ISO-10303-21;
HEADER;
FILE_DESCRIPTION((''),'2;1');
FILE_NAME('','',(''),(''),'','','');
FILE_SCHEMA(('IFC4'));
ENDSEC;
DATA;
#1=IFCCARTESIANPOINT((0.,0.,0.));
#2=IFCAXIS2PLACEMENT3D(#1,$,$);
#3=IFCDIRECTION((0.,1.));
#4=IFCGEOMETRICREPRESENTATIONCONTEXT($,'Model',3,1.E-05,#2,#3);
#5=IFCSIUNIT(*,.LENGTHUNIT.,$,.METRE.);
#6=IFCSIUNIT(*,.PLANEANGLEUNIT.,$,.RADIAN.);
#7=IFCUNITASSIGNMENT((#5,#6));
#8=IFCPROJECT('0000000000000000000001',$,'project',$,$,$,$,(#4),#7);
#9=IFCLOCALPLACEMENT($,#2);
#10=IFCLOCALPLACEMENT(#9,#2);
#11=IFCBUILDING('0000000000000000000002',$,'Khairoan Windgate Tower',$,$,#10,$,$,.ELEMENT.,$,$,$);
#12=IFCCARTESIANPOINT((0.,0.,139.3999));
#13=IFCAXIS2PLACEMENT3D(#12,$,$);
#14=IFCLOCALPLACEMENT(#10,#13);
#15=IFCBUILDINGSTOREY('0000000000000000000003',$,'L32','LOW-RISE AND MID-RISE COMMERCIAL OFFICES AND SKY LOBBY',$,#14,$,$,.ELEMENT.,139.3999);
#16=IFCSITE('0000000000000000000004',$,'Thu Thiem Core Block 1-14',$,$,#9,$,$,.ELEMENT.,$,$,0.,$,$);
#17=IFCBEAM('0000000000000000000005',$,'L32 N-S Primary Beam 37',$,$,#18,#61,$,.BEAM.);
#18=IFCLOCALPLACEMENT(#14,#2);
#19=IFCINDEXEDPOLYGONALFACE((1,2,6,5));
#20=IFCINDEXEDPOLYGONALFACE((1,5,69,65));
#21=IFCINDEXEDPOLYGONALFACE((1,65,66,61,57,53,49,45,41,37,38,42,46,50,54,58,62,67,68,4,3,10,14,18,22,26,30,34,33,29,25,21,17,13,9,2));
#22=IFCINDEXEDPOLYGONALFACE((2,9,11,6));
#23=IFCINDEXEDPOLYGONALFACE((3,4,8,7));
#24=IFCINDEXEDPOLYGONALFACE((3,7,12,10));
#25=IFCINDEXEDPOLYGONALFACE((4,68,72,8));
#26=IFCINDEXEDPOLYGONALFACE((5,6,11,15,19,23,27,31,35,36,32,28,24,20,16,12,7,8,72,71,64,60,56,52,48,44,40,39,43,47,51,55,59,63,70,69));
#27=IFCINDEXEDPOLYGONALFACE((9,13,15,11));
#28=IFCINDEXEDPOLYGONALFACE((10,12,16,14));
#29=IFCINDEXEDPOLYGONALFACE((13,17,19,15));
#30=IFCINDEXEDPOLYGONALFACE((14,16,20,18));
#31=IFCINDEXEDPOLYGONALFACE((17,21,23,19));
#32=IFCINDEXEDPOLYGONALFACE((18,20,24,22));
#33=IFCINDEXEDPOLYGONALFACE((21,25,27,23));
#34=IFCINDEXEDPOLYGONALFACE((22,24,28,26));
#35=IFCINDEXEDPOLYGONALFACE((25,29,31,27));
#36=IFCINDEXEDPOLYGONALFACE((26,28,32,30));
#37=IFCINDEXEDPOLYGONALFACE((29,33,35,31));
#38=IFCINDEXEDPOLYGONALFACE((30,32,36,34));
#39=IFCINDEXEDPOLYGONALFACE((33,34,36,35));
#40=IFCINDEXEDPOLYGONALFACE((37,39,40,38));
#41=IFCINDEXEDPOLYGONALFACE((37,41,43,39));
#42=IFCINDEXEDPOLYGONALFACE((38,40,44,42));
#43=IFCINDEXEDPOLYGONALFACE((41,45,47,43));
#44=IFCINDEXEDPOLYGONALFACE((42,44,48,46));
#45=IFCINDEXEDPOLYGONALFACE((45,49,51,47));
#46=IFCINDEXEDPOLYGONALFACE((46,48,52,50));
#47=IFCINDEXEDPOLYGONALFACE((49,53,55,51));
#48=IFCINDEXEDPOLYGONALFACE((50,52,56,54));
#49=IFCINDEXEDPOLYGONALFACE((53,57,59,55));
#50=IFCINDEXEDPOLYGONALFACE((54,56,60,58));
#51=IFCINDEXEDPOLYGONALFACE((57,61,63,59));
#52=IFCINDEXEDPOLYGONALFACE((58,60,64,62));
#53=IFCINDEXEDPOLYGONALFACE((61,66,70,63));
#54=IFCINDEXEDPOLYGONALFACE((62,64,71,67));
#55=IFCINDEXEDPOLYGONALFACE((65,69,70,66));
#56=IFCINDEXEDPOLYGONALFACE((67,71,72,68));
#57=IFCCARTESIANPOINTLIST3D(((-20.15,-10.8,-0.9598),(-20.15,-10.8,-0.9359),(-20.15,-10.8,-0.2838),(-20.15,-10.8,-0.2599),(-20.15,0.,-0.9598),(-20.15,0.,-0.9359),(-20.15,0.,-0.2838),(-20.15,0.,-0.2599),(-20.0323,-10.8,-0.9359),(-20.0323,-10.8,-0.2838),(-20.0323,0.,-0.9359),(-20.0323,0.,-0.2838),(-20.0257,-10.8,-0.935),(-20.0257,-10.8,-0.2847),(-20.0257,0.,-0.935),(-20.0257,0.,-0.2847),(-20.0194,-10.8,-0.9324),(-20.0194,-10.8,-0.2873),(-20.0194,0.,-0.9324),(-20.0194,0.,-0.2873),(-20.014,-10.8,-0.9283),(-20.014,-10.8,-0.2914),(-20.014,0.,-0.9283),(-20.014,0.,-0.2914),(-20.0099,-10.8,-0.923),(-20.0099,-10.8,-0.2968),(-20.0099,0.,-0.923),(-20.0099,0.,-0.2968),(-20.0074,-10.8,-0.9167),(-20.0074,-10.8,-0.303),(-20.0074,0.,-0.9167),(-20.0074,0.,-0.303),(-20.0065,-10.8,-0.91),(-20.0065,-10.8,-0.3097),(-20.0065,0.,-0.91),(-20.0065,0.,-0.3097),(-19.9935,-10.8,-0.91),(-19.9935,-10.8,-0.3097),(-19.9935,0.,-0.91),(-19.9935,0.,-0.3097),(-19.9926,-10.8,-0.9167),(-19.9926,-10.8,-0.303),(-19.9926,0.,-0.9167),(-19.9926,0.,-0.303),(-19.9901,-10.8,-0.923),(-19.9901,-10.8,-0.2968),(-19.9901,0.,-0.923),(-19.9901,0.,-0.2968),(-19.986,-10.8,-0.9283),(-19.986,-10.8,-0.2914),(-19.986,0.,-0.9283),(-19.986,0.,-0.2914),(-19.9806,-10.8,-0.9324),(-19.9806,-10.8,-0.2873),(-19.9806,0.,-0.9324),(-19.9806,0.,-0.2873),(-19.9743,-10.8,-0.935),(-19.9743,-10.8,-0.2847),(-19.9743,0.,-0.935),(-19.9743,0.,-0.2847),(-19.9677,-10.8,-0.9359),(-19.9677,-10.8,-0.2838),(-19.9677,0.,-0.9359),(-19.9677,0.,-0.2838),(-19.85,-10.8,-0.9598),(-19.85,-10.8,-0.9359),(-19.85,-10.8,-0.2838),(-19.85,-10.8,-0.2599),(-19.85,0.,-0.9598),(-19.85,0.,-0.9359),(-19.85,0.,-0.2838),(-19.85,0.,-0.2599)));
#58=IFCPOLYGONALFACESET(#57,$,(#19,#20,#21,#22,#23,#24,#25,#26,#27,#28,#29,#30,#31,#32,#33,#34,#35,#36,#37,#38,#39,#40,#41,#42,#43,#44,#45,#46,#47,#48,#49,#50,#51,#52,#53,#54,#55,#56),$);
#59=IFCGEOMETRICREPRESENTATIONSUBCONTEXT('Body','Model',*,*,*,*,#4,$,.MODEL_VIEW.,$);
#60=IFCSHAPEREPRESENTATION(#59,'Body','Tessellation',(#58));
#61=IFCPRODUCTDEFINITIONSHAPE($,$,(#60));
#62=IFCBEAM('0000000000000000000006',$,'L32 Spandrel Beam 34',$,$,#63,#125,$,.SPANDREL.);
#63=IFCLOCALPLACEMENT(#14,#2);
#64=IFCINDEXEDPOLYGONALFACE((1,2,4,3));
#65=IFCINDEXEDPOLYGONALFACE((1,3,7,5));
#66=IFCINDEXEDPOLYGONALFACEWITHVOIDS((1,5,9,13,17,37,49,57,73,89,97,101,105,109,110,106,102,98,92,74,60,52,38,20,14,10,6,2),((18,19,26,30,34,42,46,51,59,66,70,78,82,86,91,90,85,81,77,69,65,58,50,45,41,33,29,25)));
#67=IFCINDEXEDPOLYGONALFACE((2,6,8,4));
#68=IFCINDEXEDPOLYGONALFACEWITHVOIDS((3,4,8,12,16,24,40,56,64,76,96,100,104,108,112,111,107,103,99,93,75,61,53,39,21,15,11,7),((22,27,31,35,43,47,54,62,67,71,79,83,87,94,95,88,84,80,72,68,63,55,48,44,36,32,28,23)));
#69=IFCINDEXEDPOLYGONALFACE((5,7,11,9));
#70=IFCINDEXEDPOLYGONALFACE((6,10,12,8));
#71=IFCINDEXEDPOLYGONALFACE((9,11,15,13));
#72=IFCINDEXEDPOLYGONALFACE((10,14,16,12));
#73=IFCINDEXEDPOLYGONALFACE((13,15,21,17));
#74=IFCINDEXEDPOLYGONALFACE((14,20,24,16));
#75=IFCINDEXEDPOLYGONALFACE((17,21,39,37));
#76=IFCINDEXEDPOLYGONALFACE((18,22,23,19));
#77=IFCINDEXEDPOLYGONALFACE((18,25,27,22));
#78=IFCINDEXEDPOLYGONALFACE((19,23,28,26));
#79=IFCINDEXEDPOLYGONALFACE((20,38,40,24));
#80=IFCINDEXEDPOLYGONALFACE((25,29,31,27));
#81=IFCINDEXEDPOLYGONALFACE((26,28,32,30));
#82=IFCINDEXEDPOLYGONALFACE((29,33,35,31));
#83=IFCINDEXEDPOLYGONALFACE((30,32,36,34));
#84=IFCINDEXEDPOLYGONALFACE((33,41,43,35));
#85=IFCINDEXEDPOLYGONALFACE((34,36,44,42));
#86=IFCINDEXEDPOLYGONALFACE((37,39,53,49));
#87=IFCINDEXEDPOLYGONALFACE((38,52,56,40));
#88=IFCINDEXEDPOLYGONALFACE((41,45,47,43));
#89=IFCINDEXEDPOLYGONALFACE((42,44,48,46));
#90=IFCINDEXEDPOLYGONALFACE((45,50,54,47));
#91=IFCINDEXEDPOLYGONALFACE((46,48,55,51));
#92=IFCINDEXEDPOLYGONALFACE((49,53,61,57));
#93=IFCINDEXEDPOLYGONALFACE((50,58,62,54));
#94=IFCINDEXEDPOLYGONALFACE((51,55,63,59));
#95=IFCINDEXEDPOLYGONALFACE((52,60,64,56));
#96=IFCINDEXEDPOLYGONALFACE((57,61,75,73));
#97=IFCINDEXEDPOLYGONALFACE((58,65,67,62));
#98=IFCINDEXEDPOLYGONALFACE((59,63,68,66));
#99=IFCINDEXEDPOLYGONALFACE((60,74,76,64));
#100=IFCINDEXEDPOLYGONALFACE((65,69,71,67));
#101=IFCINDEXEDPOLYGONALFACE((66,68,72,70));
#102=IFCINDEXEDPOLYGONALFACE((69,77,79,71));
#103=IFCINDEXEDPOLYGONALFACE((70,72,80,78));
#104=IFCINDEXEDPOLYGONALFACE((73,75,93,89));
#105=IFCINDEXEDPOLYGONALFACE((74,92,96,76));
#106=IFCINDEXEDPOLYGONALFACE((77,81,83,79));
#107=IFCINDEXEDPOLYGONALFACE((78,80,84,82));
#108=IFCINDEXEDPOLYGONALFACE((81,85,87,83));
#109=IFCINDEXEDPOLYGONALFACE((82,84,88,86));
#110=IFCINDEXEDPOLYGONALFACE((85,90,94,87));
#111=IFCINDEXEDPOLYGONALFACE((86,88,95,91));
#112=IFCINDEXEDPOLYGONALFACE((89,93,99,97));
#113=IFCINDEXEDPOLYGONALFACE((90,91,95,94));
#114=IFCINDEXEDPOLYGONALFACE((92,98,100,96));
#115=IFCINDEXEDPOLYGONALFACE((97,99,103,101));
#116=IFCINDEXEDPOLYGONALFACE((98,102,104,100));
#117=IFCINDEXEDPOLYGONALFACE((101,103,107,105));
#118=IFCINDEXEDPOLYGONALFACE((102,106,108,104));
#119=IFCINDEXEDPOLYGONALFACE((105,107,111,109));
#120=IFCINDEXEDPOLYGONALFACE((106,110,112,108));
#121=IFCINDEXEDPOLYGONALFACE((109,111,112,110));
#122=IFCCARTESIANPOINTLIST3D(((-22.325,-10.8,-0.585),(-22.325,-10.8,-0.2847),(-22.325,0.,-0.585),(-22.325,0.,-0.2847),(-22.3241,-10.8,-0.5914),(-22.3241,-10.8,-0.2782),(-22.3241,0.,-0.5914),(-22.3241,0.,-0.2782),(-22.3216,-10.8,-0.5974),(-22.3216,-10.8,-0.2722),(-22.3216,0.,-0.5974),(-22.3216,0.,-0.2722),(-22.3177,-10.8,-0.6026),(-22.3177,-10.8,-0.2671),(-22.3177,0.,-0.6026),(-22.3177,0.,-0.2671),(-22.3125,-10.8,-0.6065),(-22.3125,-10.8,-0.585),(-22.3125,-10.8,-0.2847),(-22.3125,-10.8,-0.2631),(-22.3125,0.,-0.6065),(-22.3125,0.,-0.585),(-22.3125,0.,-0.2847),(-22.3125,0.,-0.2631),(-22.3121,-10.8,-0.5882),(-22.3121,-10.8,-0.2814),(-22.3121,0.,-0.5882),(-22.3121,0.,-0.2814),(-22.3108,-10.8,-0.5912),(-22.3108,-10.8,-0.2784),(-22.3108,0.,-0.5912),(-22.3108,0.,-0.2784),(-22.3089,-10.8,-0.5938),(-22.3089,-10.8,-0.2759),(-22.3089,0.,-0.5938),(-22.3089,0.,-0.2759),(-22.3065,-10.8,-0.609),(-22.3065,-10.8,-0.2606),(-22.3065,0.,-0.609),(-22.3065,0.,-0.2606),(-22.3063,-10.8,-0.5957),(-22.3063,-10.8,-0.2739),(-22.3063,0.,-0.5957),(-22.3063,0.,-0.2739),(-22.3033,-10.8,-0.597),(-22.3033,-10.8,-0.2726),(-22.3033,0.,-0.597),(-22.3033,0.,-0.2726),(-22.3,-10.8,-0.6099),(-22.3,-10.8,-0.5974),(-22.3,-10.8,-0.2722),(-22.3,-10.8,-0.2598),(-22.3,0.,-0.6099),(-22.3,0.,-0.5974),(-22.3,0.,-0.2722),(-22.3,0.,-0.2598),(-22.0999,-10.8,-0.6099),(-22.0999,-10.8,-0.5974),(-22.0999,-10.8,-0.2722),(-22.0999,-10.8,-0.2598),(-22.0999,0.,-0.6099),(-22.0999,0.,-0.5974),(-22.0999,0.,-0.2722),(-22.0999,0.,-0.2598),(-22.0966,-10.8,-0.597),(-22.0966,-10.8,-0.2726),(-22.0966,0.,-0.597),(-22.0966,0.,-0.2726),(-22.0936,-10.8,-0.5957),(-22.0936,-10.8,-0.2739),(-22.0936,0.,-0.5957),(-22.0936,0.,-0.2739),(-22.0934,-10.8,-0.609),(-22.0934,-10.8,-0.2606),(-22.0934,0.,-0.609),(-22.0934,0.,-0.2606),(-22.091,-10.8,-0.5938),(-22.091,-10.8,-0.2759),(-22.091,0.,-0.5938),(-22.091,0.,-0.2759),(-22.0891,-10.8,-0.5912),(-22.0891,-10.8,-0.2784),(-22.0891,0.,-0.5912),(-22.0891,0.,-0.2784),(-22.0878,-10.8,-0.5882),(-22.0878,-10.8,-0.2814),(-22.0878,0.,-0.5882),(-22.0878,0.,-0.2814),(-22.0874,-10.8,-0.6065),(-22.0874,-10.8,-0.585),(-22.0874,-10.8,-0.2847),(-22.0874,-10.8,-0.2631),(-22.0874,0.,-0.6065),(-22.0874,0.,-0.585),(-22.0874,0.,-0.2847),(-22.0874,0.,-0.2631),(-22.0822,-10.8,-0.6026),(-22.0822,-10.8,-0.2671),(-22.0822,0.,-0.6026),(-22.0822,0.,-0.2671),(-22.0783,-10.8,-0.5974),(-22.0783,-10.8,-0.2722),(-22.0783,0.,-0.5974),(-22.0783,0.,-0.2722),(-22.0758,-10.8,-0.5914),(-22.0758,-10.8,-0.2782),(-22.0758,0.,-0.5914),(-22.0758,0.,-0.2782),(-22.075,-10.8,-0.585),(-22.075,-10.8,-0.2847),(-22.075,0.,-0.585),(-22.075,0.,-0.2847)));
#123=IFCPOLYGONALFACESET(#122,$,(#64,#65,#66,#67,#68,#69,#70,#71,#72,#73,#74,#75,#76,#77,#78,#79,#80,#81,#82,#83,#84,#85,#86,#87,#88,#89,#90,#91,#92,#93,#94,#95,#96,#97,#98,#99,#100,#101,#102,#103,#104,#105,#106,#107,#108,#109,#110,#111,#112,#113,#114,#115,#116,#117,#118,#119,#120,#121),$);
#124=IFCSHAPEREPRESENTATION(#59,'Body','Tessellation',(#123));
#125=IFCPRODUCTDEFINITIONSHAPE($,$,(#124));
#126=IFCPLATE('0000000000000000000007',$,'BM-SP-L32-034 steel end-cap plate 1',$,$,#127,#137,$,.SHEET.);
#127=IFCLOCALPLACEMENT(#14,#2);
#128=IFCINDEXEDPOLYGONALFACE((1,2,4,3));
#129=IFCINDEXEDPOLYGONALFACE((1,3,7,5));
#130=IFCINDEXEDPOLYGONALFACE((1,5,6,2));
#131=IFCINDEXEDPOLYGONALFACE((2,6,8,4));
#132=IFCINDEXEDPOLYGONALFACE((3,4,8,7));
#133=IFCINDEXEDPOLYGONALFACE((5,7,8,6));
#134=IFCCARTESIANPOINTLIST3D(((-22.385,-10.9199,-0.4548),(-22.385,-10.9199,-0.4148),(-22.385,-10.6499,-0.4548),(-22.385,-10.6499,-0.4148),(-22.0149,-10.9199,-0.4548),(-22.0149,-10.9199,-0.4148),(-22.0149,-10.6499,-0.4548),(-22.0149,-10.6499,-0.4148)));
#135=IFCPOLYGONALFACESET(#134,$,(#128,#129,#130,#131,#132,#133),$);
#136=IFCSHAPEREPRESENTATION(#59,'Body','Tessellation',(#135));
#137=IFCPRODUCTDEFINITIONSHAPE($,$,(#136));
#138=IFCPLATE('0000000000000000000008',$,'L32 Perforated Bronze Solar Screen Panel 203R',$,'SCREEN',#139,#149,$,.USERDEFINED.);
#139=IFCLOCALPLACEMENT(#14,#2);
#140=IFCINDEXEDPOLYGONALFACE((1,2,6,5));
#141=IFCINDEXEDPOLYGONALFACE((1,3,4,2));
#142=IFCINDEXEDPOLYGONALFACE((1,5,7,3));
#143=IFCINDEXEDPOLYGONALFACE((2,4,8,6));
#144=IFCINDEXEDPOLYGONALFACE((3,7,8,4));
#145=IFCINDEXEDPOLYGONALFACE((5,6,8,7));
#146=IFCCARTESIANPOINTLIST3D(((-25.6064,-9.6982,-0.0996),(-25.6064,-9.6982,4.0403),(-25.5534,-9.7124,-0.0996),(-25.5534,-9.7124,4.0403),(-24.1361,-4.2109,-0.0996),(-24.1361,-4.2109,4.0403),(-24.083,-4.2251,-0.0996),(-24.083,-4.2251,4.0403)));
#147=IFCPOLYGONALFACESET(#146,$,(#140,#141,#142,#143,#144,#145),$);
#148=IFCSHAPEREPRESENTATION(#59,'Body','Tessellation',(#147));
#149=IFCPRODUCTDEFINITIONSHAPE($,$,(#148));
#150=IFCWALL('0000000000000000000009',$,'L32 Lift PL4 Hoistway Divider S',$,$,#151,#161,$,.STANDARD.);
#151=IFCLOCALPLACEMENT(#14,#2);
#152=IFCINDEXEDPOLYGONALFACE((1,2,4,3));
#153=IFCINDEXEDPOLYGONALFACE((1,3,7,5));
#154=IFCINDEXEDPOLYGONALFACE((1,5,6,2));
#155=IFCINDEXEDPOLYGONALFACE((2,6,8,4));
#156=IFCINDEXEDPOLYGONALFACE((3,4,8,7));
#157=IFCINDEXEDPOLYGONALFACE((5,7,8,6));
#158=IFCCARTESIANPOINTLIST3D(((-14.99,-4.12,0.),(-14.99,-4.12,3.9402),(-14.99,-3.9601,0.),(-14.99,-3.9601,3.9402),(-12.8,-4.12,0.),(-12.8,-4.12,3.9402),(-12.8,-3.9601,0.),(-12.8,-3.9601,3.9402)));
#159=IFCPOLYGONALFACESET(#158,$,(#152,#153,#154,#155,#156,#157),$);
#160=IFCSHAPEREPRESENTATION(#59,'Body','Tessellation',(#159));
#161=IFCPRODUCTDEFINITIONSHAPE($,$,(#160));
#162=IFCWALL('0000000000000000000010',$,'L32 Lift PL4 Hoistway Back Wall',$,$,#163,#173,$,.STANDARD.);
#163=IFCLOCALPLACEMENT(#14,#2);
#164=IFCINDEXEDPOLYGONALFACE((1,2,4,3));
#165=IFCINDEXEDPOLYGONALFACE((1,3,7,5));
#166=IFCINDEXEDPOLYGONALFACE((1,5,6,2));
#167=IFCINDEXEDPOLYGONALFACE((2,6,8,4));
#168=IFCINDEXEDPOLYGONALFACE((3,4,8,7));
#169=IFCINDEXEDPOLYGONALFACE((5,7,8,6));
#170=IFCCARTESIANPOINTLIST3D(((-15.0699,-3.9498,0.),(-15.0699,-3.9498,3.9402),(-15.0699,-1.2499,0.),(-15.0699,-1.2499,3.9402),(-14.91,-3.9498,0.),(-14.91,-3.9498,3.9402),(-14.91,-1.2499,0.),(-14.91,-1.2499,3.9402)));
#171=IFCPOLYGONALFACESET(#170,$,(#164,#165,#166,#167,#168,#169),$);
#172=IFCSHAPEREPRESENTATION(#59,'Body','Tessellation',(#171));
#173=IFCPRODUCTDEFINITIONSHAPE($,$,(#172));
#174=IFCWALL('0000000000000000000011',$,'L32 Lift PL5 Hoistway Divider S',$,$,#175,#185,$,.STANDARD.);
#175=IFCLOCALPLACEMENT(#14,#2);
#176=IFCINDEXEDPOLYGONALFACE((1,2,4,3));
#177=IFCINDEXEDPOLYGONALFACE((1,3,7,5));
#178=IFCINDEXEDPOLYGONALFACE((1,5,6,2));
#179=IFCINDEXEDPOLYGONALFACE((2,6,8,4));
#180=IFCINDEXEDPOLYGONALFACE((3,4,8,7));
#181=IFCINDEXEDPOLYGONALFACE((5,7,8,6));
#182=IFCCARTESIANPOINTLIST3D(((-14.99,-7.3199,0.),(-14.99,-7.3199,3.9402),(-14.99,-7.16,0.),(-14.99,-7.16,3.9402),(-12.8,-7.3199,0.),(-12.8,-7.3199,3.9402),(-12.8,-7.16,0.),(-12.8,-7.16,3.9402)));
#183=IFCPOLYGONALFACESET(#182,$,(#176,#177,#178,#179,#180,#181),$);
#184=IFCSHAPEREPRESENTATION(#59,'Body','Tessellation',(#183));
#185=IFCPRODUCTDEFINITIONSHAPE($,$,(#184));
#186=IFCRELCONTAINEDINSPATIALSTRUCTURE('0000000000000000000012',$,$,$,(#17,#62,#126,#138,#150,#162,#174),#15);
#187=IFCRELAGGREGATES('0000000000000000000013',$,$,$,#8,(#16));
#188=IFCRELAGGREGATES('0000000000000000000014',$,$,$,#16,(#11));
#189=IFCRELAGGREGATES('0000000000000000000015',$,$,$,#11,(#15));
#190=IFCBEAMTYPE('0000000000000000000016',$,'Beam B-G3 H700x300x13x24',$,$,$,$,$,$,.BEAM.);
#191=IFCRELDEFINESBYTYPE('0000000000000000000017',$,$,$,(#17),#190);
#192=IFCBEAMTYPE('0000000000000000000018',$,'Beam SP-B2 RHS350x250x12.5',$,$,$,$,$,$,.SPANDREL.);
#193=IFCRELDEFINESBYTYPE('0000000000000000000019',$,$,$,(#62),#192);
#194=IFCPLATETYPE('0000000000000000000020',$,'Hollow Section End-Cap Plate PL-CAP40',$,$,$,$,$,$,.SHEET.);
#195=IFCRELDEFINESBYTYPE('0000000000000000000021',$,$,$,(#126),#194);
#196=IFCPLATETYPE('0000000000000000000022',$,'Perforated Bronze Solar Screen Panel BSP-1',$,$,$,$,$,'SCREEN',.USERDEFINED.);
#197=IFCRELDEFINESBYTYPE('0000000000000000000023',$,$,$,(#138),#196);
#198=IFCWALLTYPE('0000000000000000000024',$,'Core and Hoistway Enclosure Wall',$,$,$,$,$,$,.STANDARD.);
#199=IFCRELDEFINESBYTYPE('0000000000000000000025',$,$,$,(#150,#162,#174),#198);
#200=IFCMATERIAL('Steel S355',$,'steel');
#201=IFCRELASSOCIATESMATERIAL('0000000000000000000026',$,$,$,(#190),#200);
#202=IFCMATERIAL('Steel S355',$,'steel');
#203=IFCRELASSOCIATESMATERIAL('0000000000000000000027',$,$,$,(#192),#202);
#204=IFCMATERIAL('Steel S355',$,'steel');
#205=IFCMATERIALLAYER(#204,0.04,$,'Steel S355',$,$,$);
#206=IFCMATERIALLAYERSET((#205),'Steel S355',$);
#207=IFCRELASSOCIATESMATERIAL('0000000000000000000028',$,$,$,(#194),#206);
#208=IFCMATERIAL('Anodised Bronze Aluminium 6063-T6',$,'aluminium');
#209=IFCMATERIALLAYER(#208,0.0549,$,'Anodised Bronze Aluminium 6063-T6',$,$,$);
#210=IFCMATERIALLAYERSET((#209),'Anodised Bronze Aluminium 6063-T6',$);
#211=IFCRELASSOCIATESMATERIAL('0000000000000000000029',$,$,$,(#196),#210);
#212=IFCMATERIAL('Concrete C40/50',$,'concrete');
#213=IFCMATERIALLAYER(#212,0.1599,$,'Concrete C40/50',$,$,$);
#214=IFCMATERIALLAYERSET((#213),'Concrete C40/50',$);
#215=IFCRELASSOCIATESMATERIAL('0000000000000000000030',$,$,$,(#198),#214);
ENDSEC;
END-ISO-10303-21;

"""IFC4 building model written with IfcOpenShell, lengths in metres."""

from ifc_helpers import new_model, si_unit, direction, frame, frame_2d, origin, origin_2d, place, context, subcontext, project, spatial, rectangle, hollow_rectangle, i_section, extrude, material, layer, layer_set, material_profile, profile_set, type_object, element, save


model = new_model("IFC4")

# Units and contexts
model_context = context("Model", 3, precision=1e-05, world=origin(), true_north=direction((0.0, 1.0)))
body_context = subcontext(model_context, "Body", "Model", "MODEL_VIEW")
ifc_project = project(units=[si_unit("LENGTHUNIT", "METRE"), si_unit("PLANEANGLEUNIT", "RADIAN")], contexts=[model_context])

# Site, building, storey
site_placement = place(None, origin())
site = spatial("IfcSite", under=ifc_project, at=site_placement, Name="Thu Thiem Core Block 1-14", CompositionType="ELEMENT", RefElevation=0.0)
building_placement = place(site_placement, origin())
building = spatial("IfcBuilding", under=site, at=building_placement, Name="Khairoan Windgate Tower", CompositionType="ELEMENT")
storey_placement = place(building_placement, frame((0.0, 0.0, 139.3999)))
storey = spatial("IfcBuildingStorey", under=building, at=storey_placement, Name="L32", Description="LOW-RISE AND MID-RISE COMMERCIAL OFFICES AND SKY LOBBY", CompositionType="ELEMENT", Elevation=139.3999)

# Beams
ifc_material_1 = material(Name="Steel S355", Category="steel")
ifc_material_profile_1 = material_profile(ifc_material_1, i_section(OverallWidth=0.3, OverallDepth=0.7, WebThickness=0.0129, FlangeThickness=0.0239, FilletRadius=0.0259, at=origin_2d()))
ifc_profile_set_1 = profile_set([ifc_material_profile_1], Name="Steel S355")
beam_type_1 = type_object("IfcBeamType", Name="Beam B-G3 H700x300x13x24", PredefinedType="BEAM", material=ifc_profile_set_1)
beam_1_placement = place(storey_placement, frame((-20.0, -10.8, -0.6099), z_axis=(0.0, 1.0, 0.0), x_axis=(-1.0, 0.0, 0.0)))
element("IfcBeam", 1, at=beam_1_placement, inside=storey, type_object=beam_type_1, Name="L32 N-S Primary Beam 37", PredefinedType="BEAM", context=body_context, shape_type="SweptSolid", body=[
    extrude(i_section(OverallWidth=0.3, OverallDepth=0.7, WebThickness=0.0129, FlangeThickness=0.0239, FilletRadius=0.0259, at=origin_2d()), origin(), (0.0, 0.0, 1.0), 10.8),
])
ifc_material_2 = material(Name="Steel S355", Category="steel")
ifc_material_profile_2 = material_profile(ifc_material_2, hollow_rectangle(XDim=0.25, YDim=0.3501, WallThickness=0.0125, InnerFilletRadius=0.0125, OuterFilletRadius=0.0249, at=origin_2d()))
ifc_profile_set_2 = profile_set([ifc_material_profile_2], Name="Steel S355")
beam_type_2 = type_object("IfcBeamType", Name="Beam SP-B2 RHS350x250x12.5", PredefinedType="SPANDREL", material=ifc_profile_set_2)
beam_2_placement = place(storey_placement, frame((-22.2, -10.8, -0.4348), z_axis=(0.0, 1.0, 0.0), x_axis=(-1.0, 0.0, 0.0)))
element("IfcBeam", 2, at=beam_2_placement, inside=storey, type_object=beam_type_2, Name="L32 Spandrel Beam 34", PredefinedType="SPANDREL", context=body_context, shape_type="SweptSolid", body=[
    extrude(hollow_rectangle(XDim=0.25, YDim=0.3501, WallThickness=0.0125, InnerFilletRadius=0.0125, OuterFilletRadius=0.0249, at=origin_2d()), origin(), (0.0, 0.0, 1.0), 10.8),
])

# Plates
ifc_material_3 = material(Name="Steel S355", Category="steel")
ifc_layer_1 = layer(ifc_material_3, 0.04, Name="Steel S355")
ifc_layer_set_1 = layer_set([ifc_layer_1], Name="Steel S355")
plate_type_1 = type_object("IfcPlateType", Name="Hollow Section End-Cap Plate PL-CAP40", PredefinedType="SHEET", material=ifc_layer_set_1)
plate_1_placement = place(storey_placement, frame((-22.2, -10.7849, -0.4548), z_axis=(0.0, 0.0, 1.0), x_axis=(0.0, 1.0, 0.0)))
element("IfcPlate", 3, at=plate_1_placement, inside=storey, type_object=plate_type_1, Name="BM-SP-L32-034 steel end-cap plate 1", PredefinedType="SHEET", context=body_context, shape_type="SweptSolid", body=[
    extrude(rectangle(XDim=0.27, YDim=0.3701, at=origin_2d()), origin(), (0.0, 0.0, 1.0), 0.04),
])
ifc_material_4 = material(Name="Anodised Bronze Aluminium 6063-T6", Category="aluminium")
ifc_layer_2 = layer(ifc_material_4, 0.0549, Name="Anodised Bronze Aluminium 6063-T6")
ifc_layer_set_2 = layer_set([ifc_layer_2], Name="Anodised Bronze Aluminium 6063-T6")
plate_type_2 = type_object("IfcPlateType", Name="Perforated Bronze Solar Screen Panel BSP-1", ElementType="SCREEN", PredefinedType="USERDEFINED", material=ifc_layer_set_2)
plate_2_placement = place(storey_placement, frame((-24.8447, -6.9617, -0.0996), z_axis=(0.0, 0.0, 1.0), x_axis=(0.258819, 0.965926, 0.0)))
element("IfcPlate", 4, at=plate_2_placement, inside=storey, type_object=plate_type_2, Name="L32 Perforated Bronze Solar Screen Panel 203R", ObjectType="SCREEN", PredefinedType="USERDEFINED", context=body_context, shape_type="SweptSolid", body=[
    extrude(rectangle(XDim=5.6809, YDim=0.0549, at=origin_2d()), origin(), (0.0, 0.0, 1.0), 4.1399),
])

# Walls
ifc_material_5 = material(Name="Concrete C40/50", Category="concrete")
ifc_layer_3 = layer(ifc_material_5, 0.1599, Name="Concrete C40/50")
ifc_layer_set_3 = layer_set([ifc_layer_3], Name="Concrete C40/50")
wall_type_1 = type_object("IfcWallType", Name="Core and Hoistway Enclosure Wall", PredefinedType="STANDARD", material=ifc_layer_set_3)
wall_1_placement = place(storey_placement, frame((-14.99, -4.04, 0.0), z_axis=(0.0, 0.0, 1.0), x_axis=(1.0, 0.0, 0.0)))
element("IfcWall", 5, at=wall_1_placement, inside=storey, type_object=wall_type_1, Name="L32 Lift PL4 Hoistway Divider S", PredefinedType="STANDARD", context=body_context, shape_type="SweptSolid", body=[
    extrude(rectangle(XDim=2.1899, YDim=0.1599, at=frame_2d((1.095, 0.0))), origin(), (0.0, 0.0, 1.0), 3.9402),
])
wall_2_placement = place(storey_placement, frame((-14.99, -3.95, 0.0), z_axis=(0.0, 0.0, 1.0), x_axis=(0.0, 1.0, 0.0)))
element("IfcWall", 6, at=wall_2_placement, inside=storey, type_object=wall_type_1, Name="L32 Lift PL4 Hoistway Back Wall", PredefinedType="STANDARD", context=body_context, shape_type="SweptSolid", body=[
    extrude(rectangle(XDim=2.7, YDim=0.1599, at=frame_2d((1.3501, 0.0))), origin(), (0.0, 0.0, 1.0), 3.9402),
])
for number, where, z_axis, x_axis, name in (
    (7, (-14.99, -7.24, 0.0), (0.0, 0.0, 1.0), (1.0, 0.0, 0.0), "L32 Lift PL5 Hoistway Divider S"),
):
    element("IfcWall", number, at=place(storey_placement, frame(where, z_axis=z_axis, x_axis=x_axis)), inside=storey, type_object=wall_type_1, Name=name, PredefinedType="STANDARD", context=body_context, shape_type="SweptSolid", body=[
        extrude(rectangle(XDim=2.1899, YDim=0.1599, at=frame_2d((1.095, 0.0))), origin(), (0.0, 0.0, 1.0), 3.9402),
    ])

save(model, "model.ifc")
